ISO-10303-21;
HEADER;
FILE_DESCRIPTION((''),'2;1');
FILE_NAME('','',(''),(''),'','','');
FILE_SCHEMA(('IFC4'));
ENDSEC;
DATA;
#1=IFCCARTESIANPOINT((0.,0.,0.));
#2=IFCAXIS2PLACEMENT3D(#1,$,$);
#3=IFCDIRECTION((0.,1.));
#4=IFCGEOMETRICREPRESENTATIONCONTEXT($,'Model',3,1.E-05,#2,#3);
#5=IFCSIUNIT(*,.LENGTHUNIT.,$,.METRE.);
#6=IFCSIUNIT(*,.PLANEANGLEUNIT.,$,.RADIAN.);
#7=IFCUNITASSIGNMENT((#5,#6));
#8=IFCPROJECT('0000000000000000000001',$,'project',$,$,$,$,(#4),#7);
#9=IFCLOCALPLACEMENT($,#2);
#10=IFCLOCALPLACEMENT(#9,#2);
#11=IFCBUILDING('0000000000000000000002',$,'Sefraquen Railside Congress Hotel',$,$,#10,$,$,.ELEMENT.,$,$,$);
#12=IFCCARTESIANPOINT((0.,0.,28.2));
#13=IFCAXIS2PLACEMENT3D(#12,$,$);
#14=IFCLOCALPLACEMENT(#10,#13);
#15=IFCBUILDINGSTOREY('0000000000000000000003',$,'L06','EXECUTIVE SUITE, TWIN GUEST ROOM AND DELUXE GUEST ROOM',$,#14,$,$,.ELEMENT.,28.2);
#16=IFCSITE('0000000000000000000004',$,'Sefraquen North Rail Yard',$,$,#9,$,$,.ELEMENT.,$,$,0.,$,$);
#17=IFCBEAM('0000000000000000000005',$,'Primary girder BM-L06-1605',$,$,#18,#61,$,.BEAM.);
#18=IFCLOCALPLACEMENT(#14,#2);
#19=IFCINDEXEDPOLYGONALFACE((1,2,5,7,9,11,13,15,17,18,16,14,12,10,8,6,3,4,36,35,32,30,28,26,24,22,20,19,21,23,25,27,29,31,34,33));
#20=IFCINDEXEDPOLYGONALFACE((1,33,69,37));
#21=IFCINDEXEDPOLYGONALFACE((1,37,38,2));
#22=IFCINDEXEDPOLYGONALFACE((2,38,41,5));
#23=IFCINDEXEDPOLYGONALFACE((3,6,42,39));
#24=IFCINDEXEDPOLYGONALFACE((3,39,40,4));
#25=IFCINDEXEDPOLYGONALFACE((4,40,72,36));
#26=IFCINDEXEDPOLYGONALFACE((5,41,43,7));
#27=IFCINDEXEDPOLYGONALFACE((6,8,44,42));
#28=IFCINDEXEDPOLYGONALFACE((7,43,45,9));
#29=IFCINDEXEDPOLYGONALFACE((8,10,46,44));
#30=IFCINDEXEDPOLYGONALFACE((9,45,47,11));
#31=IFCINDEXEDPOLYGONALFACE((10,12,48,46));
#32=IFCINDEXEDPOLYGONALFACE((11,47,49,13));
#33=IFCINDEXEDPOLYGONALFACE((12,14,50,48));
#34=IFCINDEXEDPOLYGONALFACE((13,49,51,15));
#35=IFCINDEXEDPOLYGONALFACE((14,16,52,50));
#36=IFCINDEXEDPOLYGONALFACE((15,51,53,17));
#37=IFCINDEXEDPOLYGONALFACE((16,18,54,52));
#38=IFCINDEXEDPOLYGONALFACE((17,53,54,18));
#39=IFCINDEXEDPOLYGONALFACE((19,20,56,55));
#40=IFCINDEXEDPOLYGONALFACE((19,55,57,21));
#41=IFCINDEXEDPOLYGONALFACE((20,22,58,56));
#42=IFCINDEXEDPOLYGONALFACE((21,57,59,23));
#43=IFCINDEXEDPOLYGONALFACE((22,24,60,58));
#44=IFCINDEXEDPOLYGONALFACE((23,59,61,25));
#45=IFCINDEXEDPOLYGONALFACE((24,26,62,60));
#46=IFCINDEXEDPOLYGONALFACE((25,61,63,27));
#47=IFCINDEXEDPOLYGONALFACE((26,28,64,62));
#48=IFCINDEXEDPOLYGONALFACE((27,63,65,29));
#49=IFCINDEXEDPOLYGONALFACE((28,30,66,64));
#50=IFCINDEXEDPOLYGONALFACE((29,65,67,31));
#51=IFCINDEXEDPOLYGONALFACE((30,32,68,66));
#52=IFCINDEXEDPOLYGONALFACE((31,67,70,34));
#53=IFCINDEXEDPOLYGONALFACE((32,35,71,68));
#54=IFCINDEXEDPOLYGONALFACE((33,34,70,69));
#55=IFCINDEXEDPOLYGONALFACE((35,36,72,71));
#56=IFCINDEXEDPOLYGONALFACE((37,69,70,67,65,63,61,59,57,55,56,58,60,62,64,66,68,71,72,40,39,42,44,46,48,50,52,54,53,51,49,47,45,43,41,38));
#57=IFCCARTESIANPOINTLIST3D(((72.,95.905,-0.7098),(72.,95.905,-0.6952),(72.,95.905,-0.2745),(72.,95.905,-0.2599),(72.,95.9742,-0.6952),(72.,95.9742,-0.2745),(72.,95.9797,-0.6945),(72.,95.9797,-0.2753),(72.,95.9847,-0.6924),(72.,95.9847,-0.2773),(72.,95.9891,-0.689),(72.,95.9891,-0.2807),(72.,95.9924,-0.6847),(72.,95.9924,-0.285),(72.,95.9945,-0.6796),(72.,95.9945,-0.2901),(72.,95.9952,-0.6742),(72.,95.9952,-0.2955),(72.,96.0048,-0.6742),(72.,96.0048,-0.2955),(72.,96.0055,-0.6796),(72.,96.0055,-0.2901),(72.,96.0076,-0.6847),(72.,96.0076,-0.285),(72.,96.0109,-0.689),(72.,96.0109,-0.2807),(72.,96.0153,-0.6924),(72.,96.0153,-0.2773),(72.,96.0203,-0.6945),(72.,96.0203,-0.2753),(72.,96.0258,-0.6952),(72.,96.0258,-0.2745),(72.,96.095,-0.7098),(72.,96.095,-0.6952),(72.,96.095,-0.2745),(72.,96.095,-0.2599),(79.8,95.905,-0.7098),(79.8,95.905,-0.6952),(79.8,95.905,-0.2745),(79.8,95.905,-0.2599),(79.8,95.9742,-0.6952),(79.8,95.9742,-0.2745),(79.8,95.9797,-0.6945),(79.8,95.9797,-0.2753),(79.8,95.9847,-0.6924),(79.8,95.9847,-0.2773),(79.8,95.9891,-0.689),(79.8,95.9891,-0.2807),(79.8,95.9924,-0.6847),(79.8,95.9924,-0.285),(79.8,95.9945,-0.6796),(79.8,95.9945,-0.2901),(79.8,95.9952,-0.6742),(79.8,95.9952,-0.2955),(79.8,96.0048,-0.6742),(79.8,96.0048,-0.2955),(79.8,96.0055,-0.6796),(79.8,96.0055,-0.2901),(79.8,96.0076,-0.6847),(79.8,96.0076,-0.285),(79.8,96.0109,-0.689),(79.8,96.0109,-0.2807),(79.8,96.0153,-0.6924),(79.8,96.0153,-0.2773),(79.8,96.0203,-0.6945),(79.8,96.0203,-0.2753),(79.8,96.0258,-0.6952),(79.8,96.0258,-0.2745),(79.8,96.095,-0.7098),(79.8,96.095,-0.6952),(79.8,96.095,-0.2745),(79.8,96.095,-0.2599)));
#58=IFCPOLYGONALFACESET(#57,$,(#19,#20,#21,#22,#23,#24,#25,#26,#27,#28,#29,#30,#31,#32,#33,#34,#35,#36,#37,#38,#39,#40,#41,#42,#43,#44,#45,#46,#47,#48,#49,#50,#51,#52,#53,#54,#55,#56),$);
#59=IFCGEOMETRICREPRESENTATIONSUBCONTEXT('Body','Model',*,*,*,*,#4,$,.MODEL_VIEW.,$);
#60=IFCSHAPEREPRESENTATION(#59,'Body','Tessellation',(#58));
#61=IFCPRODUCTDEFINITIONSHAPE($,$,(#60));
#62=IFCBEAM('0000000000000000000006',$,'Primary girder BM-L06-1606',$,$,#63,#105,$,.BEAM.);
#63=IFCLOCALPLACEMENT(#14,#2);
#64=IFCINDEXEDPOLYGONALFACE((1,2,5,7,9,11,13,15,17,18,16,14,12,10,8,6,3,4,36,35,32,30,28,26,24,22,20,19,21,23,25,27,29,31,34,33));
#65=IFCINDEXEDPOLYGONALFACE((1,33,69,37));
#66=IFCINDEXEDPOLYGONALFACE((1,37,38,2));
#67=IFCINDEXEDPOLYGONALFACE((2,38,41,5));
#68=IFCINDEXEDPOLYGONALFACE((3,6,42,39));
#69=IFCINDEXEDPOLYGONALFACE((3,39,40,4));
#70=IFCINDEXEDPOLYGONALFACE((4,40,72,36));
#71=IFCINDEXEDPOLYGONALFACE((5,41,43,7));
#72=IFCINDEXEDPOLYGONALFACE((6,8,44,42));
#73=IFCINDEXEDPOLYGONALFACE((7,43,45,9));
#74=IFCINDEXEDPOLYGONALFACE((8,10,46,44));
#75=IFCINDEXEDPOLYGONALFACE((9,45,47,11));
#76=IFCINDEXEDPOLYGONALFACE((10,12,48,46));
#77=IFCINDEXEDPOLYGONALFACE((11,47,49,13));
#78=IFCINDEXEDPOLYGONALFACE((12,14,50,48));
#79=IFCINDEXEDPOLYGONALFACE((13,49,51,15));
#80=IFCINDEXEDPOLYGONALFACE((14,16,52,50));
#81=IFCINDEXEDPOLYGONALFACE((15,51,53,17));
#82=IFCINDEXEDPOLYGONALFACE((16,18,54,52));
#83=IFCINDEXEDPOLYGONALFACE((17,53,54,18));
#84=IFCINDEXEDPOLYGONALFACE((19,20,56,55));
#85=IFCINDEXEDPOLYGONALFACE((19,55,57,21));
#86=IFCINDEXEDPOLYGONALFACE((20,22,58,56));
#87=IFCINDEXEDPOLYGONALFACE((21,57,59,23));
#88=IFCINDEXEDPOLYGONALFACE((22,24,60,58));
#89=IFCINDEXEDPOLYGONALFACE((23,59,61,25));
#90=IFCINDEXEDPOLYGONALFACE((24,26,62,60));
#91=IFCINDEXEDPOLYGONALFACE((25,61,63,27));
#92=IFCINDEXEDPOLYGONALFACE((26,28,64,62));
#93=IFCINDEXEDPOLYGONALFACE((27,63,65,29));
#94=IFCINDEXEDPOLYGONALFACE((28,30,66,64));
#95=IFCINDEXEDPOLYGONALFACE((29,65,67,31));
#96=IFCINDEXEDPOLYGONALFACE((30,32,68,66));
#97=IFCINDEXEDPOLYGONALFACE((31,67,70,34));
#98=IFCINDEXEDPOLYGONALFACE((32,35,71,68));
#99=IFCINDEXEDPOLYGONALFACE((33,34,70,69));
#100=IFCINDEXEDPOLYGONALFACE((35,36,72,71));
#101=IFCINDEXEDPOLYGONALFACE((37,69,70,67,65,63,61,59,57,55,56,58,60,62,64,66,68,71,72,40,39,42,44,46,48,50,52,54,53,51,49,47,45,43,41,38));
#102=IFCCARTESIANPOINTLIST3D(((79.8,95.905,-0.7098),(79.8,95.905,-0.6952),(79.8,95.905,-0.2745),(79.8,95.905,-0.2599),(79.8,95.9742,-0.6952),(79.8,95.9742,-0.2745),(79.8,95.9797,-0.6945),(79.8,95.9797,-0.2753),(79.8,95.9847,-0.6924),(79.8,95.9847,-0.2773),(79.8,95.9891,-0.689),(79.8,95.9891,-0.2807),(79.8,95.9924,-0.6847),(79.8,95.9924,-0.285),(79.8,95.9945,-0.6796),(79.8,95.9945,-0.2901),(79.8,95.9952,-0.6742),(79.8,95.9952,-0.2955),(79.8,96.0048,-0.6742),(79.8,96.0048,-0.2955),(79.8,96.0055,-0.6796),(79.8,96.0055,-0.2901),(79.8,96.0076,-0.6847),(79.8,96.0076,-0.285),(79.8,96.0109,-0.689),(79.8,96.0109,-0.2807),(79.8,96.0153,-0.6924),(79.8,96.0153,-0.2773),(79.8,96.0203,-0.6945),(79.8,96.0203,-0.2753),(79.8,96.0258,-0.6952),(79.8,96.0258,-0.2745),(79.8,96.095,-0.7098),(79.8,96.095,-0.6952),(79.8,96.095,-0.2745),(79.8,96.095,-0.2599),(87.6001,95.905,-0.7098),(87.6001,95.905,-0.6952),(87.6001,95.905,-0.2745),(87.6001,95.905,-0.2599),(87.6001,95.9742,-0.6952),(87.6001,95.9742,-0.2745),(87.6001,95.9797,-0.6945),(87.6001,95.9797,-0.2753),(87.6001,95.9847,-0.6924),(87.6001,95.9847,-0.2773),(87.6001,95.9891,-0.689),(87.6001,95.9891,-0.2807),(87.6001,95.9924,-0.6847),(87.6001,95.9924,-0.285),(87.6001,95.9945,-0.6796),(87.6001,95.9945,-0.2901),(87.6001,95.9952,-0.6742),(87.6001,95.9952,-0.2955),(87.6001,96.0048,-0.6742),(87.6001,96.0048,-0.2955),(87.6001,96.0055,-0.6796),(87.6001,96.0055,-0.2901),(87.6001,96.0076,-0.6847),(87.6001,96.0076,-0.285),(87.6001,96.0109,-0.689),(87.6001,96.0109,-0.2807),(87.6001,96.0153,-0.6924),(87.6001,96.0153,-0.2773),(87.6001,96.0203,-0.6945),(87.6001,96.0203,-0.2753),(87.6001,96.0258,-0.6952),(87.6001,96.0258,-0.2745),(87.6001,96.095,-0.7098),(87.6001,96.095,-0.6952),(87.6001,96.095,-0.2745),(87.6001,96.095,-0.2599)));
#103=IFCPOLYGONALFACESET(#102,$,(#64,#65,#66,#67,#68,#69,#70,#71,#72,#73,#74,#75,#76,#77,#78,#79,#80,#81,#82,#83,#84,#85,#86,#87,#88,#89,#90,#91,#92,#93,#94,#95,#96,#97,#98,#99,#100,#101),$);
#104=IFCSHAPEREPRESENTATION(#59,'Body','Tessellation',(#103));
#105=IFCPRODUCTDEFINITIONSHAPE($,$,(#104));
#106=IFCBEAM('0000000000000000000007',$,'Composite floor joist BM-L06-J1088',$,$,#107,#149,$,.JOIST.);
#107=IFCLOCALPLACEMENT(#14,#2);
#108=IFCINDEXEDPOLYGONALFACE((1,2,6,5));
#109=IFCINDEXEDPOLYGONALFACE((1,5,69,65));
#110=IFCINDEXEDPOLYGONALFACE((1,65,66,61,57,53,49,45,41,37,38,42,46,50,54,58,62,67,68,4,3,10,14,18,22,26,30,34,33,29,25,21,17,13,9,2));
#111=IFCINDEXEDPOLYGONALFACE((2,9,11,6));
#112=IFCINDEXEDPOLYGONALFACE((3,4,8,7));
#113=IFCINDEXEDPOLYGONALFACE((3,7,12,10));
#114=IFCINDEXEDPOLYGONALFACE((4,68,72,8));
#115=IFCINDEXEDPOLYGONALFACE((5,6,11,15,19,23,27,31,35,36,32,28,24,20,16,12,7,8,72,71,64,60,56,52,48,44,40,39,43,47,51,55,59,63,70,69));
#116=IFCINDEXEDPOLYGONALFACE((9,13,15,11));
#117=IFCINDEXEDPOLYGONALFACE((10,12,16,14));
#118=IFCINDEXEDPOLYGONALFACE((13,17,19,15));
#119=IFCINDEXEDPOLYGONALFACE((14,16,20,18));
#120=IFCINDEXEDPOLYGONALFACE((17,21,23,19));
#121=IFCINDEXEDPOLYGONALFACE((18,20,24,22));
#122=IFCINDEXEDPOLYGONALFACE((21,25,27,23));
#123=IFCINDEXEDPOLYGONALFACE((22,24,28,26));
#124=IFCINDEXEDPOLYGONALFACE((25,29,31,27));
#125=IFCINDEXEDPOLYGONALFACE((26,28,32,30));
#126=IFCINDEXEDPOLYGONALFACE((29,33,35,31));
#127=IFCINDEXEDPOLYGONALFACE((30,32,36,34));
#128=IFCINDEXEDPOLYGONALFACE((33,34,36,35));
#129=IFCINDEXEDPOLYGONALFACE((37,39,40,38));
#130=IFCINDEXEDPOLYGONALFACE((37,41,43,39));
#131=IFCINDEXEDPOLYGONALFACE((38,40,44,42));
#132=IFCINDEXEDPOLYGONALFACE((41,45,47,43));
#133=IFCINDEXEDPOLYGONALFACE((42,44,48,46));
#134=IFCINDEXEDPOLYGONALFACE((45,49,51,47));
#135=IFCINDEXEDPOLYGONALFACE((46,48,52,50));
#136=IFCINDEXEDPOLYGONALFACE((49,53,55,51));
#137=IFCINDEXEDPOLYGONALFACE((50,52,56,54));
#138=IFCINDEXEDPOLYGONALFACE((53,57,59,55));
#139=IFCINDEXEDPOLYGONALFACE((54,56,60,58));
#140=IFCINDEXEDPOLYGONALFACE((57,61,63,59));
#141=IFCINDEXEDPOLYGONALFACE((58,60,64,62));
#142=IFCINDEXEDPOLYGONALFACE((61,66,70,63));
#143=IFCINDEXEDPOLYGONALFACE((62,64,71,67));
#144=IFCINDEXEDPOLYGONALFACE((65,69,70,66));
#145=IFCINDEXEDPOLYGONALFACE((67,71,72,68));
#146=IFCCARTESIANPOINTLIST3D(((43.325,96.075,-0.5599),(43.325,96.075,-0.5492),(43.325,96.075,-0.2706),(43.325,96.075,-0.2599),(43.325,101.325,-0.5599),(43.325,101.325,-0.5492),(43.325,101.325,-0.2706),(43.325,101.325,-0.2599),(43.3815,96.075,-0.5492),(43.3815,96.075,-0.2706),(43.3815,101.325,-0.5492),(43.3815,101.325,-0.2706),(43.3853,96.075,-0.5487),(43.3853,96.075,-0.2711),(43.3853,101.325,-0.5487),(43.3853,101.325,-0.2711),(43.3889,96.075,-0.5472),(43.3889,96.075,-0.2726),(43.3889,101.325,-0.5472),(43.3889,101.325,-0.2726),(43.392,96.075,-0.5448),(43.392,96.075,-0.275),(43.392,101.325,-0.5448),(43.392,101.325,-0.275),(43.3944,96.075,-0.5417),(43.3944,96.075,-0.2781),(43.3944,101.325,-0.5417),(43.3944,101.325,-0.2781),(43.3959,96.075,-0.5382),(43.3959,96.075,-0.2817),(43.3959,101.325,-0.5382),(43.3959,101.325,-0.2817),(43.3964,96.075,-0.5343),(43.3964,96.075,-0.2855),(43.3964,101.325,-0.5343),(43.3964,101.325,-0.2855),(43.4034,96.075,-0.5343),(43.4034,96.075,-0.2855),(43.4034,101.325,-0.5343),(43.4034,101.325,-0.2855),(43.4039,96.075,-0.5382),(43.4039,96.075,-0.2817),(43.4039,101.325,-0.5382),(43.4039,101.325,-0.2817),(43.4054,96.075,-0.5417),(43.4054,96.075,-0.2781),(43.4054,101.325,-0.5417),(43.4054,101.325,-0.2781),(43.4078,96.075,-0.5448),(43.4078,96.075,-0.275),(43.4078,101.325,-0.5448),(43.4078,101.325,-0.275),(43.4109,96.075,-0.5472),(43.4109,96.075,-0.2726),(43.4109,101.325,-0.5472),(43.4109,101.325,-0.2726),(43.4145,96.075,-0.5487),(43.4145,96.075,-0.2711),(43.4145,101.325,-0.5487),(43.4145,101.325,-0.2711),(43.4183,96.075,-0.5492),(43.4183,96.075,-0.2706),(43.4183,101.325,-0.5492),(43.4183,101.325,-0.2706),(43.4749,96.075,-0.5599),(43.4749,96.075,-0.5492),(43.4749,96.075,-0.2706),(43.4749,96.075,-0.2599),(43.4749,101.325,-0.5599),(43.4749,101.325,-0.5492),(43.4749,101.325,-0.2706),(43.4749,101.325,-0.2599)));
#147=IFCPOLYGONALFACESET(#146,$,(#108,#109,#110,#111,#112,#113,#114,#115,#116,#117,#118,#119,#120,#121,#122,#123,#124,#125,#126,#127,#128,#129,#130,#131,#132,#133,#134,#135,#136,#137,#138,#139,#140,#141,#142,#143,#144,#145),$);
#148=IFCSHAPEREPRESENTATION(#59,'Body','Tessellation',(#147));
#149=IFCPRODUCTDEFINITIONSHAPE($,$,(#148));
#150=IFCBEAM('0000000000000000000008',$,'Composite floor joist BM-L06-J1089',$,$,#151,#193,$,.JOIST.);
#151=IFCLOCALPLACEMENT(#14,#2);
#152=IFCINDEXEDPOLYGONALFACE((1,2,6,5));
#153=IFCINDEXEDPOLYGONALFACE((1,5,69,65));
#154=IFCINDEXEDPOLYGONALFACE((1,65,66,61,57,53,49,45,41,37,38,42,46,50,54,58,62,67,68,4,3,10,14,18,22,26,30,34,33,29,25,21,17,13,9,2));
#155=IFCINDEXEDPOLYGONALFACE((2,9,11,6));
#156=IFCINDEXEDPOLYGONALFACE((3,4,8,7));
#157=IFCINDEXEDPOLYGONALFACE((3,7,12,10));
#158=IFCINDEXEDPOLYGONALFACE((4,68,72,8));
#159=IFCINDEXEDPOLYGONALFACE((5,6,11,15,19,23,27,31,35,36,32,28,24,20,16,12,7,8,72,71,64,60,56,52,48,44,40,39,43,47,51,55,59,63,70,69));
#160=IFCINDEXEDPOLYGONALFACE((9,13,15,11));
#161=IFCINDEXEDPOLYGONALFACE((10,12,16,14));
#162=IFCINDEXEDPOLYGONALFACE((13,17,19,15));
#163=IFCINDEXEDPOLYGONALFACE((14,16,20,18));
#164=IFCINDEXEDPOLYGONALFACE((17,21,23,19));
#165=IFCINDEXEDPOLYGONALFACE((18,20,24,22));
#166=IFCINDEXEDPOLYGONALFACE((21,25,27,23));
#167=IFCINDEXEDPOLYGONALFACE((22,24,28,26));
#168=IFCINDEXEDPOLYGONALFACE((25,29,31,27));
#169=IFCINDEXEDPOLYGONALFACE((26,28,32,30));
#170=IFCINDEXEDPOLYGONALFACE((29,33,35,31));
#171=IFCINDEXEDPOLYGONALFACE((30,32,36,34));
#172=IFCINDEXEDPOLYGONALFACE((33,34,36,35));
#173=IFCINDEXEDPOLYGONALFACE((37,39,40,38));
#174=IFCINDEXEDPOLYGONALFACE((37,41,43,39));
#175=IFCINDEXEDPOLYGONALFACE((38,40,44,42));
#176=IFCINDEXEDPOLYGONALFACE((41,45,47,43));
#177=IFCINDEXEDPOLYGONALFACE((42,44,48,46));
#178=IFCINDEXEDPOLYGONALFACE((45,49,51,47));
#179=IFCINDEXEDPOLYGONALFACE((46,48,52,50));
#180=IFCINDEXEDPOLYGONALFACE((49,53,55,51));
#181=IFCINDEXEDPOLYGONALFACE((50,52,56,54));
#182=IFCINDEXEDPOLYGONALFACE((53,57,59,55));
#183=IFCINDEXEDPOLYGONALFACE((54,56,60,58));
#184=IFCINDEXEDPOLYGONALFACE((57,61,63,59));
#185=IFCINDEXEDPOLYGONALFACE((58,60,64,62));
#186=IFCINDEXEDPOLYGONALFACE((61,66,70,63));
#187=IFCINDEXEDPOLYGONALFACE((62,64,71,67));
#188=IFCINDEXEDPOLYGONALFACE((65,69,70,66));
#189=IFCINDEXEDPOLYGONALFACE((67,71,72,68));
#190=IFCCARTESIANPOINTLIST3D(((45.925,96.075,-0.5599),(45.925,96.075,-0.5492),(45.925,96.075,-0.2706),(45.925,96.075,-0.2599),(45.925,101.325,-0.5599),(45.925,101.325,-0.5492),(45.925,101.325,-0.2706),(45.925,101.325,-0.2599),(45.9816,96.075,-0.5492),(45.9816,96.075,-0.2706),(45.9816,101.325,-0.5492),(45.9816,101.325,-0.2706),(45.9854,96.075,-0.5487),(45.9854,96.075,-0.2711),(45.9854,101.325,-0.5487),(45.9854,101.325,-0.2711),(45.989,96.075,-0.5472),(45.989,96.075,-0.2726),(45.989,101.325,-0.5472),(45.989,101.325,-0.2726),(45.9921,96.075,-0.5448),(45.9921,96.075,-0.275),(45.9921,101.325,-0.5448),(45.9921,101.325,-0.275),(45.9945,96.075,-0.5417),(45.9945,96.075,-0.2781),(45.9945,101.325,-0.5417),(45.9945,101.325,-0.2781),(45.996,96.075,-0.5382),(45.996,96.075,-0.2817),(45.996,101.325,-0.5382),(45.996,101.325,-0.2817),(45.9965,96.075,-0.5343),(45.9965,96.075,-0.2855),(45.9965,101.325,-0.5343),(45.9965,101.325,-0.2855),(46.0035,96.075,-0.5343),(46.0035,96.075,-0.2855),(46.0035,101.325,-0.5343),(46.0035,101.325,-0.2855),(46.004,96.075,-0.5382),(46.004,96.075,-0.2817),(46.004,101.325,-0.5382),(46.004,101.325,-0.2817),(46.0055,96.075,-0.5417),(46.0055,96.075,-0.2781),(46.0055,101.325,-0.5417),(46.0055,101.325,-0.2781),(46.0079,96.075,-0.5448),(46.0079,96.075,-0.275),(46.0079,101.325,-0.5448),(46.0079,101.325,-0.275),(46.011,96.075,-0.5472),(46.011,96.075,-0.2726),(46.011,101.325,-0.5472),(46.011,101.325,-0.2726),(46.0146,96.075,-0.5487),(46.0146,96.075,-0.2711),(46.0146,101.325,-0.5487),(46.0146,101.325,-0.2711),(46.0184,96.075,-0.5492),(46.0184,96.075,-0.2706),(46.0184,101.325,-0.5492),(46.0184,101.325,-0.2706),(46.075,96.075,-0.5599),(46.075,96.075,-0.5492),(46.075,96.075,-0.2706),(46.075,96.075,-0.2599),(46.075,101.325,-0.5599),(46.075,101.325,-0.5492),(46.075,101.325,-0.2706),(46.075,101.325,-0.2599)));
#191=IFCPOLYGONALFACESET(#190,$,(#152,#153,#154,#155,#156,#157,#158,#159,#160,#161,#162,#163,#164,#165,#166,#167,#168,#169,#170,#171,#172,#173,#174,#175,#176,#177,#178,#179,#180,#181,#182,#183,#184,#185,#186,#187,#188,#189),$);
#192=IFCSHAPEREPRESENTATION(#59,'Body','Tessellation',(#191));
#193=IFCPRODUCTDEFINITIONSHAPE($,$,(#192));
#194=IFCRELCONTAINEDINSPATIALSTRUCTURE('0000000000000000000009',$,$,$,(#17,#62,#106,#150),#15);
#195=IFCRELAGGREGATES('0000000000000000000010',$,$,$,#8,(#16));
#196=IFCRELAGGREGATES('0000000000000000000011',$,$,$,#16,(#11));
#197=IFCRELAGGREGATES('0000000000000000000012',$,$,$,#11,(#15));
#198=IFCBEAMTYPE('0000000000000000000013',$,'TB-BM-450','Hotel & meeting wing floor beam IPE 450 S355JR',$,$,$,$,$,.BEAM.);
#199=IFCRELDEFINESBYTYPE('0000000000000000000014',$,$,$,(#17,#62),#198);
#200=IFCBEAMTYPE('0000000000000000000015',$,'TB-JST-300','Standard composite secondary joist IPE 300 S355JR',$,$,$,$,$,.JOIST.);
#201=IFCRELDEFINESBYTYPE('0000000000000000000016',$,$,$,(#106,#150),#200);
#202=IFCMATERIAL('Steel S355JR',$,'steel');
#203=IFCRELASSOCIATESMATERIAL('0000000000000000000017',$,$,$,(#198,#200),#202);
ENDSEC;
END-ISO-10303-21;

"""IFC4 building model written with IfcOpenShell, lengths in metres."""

from ifc_helpers import new_model, si_unit, direction, frame, origin, origin_2d, place, context, subcontext, project, spatial, i_section, extrude, material, material_profile, profile_set, type_object, element, save


model = new_model("IFC4")

# Units and contexts
model_context = context("Model", 3, precision=1e-05, world=origin(), true_north=direction((0.0, 1.0)))
body_context = subcontext(model_context, "Body", "Model", "MODEL_VIEW")
ifc_project = project(units=[si_unit("LENGTHUNIT", "METRE"), si_unit("PLANEANGLEUNIT", "RADIAN")], contexts=[model_context])

# Site, building, storey
site_placement = place(None, origin())
site = spatial("IfcSite", under=ifc_project, at=site_placement, Name="Sefraquen North Rail Yard", CompositionType="ELEMENT", RefElevation=0.0)
building_placement = place(site_placement, origin())
building = spatial("IfcBuilding", under=site, at=building_placement, Name="Sefraquen Railside Congress Hotel", CompositionType="ELEMENT")
storey_placement = place(building_placement, frame((0.0, 0.0, 28.2)))
storey = spatial("IfcBuildingStorey", under=building, at=storey_placement, Name="L06", Description="EXECUTIVE SUITE, TWIN GUEST ROOM AND DELUXE GUEST ROOM", CompositionType="ELEMENT", Elevation=28.2)

# Shared definitions
ifc_material = material(Name="Steel S355JR", Category="steel")

# Beams
ifc_material_profile_1 = material_profile(ifc_material, i_section(OverallWidth=0.1899, OverallDepth=0.45, WebThickness=0.0095, FlangeThickness=0.0146, FilletRadius=0.021, at=origin_2d()), Name="IPE 450")
ifc_profile_set_1 = profile_set([ifc_material_profile_1], Name="Steel S355JR")
beam_type_1 = type_object("IfcBeamType", Name="TB-BM-450", Description="Hotel & meeting wing floor beam IPE 450 S355JR", PredefinedType="BEAM", material=ifc_profile_set_1)
for number, where, z_axis, x_axis, name in (
    (1, (72.0, 96.0, -0.4849), (1.0, 0.0, 0.0), (0.0, 1.0, 0.0), "Primary girder BM-L06-1605"),
    (2, (79.8, 96.0, -0.4849), (1.0, 0.0, 0.0), (0.0, 1.0, 0.0), "Primary girder BM-L06-1606"),
):
    element("IfcBeam", number, at=place(storey_placement, frame(where, z_axis=z_axis, x_axis=x_axis)), inside=storey, type_object=beam_type_1, Name=name, PredefinedType="BEAM", context=body_context, shape_type="SweptSolid", body=[
        extrude(i_section(OverallWidth=0.1899, OverallDepth=0.45, WebThickness=0.0095, FlangeThickness=0.0146, FilletRadius=0.021, at=origin_2d()), origin(), (0.0, 0.0, 1.0), 7.8),
    ])
ifc_material_profile_2 = material_profile(ifc_material, i_section(OverallWidth=0.1499, OverallDepth=0.3, WebThickness=0.0071, FlangeThickness=0.0107, FilletRadius=0.0149, at=origin_2d()), Name="IPE 300")
ifc_profile_set_2 = profile_set([ifc_material_profile_2], Name="Steel S355JR")
beam_type_2 = type_object("IfcBeamType", Name="TB-JST-300", Description="Standard composite secondary joist IPE 300 S355JR", PredefinedType="JOIST", material=ifc_profile_set_2)
for number, where, z_axis, x_axis, name in (
    (3, (43.3999, 96.075, -0.4099), (0.0, 1.0, 0.0), (-1.0, 0.0, 0.0), "Composite floor joist BM-L06-J1088"),
    (4, (46.0, 96.075, -0.4099), (0.0, 1.0, 0.0), (-1.0, 0.0, 0.0), "Composite floor joist BM-L06-J1089"),
):
    element("IfcBeam", number, at=place(storey_placement, frame(where, z_axis=z_axis, x_axis=x_axis)), inside=storey, type_object=beam_type_2, Name=name, PredefinedType="JOIST", context=body_context, shape_type="SweptSolid", body=[
        extrude(i_section(OverallWidth=0.1499, OverallDepth=0.3, WebThickness=0.0071, FlangeThickness=0.0107, FilletRadius=0.0149, at=origin_2d()), origin(), (0.0, 0.0, 1.0), 5.25),
    ])

save(model, "model.ifc")
